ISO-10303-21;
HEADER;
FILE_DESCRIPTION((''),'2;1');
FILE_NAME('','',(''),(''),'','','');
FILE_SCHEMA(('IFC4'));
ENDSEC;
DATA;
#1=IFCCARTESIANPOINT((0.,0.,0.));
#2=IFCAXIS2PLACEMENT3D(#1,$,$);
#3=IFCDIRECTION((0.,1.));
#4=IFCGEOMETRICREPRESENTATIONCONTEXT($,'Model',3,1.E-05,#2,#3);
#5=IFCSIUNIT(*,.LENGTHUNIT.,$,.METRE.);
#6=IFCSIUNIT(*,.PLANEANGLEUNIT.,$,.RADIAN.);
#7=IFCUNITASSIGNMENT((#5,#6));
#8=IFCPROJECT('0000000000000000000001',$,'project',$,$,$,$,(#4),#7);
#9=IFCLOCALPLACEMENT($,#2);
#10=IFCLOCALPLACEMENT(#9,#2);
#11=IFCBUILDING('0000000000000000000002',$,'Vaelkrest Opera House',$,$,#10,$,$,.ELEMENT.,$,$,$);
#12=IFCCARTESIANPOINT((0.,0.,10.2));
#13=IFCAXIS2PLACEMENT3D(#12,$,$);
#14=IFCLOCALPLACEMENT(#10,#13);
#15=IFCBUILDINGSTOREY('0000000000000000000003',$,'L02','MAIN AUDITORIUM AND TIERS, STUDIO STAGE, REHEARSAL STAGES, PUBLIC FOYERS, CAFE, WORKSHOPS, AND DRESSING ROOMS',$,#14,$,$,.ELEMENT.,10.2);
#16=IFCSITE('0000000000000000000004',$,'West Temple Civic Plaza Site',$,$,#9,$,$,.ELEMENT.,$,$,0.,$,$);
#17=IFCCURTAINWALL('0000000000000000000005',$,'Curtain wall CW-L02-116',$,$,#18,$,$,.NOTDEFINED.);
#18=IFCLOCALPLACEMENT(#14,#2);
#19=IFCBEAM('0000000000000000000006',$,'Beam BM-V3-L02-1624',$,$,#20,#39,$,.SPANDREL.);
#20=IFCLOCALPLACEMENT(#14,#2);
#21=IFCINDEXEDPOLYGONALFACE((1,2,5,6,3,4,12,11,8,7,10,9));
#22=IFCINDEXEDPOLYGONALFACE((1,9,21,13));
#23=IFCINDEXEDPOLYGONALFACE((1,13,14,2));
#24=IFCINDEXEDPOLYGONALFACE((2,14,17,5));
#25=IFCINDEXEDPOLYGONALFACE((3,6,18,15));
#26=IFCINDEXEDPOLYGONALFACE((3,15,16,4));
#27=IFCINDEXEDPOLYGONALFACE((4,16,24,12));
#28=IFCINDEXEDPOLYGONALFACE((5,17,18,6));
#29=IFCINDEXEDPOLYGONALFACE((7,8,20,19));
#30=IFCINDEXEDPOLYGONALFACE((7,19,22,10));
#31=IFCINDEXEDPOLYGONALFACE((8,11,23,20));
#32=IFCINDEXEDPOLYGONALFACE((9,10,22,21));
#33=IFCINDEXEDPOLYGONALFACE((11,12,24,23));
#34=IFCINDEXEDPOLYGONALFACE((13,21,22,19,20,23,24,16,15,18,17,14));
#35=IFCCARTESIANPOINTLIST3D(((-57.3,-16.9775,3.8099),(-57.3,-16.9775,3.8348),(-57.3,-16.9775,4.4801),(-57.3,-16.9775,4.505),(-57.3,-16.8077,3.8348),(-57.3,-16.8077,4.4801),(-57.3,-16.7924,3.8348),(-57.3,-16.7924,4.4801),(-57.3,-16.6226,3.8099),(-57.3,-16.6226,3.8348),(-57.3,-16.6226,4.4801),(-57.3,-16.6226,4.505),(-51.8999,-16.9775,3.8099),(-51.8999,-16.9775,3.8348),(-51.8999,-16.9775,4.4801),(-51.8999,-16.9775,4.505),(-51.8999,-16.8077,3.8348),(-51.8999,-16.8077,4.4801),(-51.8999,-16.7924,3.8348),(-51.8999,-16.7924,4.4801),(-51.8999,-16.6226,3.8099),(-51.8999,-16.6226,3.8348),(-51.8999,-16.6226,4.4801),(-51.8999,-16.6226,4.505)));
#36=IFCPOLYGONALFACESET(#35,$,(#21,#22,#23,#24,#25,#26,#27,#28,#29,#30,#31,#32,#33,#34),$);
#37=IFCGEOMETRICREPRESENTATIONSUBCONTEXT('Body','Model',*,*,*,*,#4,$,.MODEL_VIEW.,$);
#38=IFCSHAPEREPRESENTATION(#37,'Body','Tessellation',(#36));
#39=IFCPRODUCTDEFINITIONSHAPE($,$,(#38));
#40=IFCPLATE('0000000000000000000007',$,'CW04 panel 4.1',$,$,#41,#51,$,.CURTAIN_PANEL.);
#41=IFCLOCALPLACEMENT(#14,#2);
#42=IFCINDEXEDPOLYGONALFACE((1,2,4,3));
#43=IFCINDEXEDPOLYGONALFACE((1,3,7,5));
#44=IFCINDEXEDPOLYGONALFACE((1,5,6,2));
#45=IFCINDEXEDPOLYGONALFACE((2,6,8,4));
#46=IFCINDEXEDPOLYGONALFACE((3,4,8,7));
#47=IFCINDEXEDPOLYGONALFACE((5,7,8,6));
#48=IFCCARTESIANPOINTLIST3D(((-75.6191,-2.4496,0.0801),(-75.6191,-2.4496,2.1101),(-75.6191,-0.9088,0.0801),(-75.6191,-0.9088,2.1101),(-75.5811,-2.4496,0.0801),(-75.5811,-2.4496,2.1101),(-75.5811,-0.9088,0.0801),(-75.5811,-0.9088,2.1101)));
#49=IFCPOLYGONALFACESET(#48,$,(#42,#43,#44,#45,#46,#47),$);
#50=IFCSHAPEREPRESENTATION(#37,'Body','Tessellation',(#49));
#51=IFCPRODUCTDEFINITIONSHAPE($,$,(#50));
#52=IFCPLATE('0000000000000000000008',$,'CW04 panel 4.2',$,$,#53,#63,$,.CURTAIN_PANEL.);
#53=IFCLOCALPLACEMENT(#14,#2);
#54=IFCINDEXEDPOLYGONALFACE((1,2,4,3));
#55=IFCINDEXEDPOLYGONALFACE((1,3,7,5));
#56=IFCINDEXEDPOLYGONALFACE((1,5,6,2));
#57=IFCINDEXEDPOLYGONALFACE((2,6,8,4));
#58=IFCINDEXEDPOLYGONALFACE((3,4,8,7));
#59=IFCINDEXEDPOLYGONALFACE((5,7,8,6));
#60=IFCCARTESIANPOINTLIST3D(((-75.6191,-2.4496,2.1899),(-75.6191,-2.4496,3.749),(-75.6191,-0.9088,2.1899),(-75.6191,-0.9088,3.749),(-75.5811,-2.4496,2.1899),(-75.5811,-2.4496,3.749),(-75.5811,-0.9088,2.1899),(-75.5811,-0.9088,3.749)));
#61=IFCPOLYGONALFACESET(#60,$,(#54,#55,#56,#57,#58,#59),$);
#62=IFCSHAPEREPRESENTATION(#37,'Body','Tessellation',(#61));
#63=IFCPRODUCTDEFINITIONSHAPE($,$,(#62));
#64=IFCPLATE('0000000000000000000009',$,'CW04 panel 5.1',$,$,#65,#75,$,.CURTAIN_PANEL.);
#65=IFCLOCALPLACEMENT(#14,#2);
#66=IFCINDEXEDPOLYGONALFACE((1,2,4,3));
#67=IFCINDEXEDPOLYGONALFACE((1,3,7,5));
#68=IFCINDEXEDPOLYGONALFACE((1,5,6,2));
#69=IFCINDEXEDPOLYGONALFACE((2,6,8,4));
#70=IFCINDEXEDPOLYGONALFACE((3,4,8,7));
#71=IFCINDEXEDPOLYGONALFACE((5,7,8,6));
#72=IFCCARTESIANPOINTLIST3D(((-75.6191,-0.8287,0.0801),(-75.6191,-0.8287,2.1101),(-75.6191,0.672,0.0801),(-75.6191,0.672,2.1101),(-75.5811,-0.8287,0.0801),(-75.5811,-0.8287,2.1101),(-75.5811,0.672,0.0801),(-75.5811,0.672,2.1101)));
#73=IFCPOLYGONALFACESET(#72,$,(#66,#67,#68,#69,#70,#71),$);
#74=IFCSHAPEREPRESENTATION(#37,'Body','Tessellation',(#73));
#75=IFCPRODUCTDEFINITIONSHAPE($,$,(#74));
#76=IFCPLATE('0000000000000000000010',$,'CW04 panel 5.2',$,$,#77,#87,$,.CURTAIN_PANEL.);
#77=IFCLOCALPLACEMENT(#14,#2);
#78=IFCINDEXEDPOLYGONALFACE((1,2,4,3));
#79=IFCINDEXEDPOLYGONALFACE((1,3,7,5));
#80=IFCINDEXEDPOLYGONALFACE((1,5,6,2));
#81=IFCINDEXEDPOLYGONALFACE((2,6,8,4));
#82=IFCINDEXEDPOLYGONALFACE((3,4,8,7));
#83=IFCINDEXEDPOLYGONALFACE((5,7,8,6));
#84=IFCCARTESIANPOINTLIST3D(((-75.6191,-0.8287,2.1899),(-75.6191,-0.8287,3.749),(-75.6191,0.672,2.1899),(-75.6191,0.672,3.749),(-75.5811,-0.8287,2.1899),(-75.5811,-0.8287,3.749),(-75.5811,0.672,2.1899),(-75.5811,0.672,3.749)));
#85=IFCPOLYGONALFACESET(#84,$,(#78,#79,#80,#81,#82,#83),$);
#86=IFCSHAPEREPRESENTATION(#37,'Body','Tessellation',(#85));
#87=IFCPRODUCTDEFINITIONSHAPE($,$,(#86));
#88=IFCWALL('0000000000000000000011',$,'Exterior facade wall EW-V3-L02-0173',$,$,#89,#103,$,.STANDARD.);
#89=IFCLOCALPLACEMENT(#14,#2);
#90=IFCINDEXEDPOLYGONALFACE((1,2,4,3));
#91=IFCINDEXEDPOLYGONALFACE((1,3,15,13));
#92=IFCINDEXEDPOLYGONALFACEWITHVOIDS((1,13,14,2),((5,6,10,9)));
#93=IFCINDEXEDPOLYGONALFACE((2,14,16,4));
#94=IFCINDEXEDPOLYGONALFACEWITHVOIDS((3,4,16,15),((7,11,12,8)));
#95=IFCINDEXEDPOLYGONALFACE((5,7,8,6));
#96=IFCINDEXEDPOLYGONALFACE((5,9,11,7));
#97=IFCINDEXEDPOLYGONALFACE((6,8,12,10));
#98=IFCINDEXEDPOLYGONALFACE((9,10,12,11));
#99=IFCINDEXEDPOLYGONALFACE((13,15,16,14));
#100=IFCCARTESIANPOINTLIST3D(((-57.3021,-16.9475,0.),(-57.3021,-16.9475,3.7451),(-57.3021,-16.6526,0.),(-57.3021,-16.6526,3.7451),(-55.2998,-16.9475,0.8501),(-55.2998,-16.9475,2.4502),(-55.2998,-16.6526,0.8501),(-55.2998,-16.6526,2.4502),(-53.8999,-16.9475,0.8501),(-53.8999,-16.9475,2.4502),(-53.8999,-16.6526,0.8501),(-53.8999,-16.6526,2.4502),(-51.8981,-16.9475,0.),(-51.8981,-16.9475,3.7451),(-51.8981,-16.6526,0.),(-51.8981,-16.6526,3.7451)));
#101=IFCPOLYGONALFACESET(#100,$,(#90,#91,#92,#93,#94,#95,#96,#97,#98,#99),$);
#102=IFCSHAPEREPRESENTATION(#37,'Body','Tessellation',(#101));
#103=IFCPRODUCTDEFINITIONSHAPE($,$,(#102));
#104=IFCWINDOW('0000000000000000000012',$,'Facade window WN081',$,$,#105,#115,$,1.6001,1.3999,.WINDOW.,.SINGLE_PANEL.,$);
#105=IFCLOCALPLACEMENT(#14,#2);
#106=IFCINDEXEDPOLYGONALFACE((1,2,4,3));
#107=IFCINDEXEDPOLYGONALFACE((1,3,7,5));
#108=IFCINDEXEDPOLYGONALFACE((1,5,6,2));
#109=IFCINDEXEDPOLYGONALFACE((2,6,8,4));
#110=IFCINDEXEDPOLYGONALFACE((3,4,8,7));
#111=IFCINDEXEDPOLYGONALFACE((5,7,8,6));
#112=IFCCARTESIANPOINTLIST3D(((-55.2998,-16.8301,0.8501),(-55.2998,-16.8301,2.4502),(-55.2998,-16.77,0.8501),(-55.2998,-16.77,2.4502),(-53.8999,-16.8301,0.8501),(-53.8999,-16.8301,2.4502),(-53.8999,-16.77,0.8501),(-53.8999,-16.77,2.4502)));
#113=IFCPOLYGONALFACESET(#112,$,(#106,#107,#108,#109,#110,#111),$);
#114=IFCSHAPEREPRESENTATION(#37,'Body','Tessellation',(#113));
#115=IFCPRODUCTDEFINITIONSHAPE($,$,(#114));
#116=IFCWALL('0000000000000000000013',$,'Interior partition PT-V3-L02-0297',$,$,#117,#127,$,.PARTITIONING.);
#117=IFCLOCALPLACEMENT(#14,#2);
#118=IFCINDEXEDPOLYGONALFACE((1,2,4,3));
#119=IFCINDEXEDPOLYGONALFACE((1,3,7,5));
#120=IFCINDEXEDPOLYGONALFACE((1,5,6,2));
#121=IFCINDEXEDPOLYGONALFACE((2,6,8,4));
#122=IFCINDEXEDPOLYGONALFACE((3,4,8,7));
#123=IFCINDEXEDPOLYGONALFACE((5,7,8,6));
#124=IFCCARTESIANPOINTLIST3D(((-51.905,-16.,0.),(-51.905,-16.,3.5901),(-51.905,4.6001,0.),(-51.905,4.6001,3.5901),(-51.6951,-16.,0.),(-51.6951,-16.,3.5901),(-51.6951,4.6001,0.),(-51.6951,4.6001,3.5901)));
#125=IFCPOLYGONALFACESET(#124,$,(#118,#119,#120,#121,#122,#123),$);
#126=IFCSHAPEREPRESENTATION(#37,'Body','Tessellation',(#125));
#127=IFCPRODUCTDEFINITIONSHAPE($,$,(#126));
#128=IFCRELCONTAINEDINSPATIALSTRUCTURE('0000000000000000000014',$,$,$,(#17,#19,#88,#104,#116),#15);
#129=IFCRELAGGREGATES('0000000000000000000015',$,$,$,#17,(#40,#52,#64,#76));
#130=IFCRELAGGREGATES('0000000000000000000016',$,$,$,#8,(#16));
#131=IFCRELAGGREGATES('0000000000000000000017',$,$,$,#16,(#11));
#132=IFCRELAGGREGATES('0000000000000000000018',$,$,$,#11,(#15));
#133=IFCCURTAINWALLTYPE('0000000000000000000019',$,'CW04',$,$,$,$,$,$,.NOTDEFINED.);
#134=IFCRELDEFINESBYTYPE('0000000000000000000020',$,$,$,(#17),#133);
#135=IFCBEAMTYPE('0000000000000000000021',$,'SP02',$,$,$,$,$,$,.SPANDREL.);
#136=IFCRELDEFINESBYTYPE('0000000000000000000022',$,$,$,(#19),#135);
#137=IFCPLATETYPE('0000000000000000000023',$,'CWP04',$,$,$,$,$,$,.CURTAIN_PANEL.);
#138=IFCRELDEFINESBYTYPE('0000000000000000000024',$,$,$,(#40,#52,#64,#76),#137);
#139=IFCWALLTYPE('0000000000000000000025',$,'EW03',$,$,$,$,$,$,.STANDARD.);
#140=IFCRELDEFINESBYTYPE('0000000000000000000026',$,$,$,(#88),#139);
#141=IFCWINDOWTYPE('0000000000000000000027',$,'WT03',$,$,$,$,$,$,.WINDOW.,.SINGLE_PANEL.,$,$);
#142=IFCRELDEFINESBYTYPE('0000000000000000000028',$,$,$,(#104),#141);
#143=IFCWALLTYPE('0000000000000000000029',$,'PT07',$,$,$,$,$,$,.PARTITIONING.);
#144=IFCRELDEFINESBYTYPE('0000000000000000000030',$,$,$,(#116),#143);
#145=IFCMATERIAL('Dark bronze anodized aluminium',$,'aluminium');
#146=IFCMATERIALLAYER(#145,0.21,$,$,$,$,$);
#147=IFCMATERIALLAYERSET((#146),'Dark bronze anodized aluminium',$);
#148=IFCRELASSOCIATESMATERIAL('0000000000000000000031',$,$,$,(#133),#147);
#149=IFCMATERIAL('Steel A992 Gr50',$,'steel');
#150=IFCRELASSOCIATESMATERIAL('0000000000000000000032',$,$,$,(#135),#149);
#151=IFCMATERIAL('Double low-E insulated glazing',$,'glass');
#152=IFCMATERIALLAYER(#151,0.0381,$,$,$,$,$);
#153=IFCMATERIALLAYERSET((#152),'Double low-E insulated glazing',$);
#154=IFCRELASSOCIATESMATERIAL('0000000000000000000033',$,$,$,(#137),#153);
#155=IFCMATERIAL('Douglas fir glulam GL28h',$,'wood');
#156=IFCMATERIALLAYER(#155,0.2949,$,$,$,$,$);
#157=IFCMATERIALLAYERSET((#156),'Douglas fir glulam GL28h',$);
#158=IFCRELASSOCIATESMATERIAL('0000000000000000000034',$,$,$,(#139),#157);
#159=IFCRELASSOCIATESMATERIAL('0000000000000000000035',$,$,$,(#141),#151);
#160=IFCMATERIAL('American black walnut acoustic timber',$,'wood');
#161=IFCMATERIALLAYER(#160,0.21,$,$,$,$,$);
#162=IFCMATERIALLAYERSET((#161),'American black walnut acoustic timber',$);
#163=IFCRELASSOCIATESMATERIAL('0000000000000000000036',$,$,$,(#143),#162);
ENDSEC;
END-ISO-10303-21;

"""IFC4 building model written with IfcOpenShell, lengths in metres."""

from ifc_helpers import new_model, si_unit, direction, frame, frame_2d, origin, origin_2d, place, context, subcontext, project, spatial, rectangle, i_section, extrude, material, layer, layer_set, material_profile, profile_set, type_object, element, fill, aggregate, save


model = new_model("IFC4")

# Units and contexts
model_context = context("Model", 3, precision=1e-05, world=origin(), true_north=direction((0.0, 1.0)))
body_context = subcontext(model_context, "Body", "Model", "MODEL_VIEW")
ifc_project = project(units=[si_unit("LENGTHUNIT", "METRE"), si_unit("PLANEANGLEUNIT", "RADIAN")], contexts=[model_context])

# Site, building, storey
site_placement = place(None, origin())
site = spatial("IfcSite", under=ifc_project, at=site_placement, Name="West Temple Civic Plaza Site", CompositionType="ELEMENT", RefElevation=0.0)
building_placement = place(site_placement, origin())
building = spatial("IfcBuilding", under=site, at=building_placement, Name="Vaelkrest Opera House", CompositionType="ELEMENT")
storey_placement = place(building_placement, frame((0.0, 0.0, 10.2)))
storey = spatial("IfcBuildingStorey", under=building, at=storey_placement, Name="L02", Description="MAIN AUDITORIUM AND TIERS, STUDIO STAGE, REHEARSAL STAGES, PUBLIC FOYERS, CAFE, WORKSHOPS, AND DRESSING ROOMS", CompositionType="ELEMENT", Elevation=10.2)

# Shared definitions
ifc_material_1 = material(Name="Steel A992 Gr50", Category="steel")

# Shared definitions
ifc_material_2 = material(Name="Dark bronze anodized aluminium", Category="aluminium")

# Curtain wall
ifc_layer_1 = layer(ifc_material_2, 0.21)
ifc_layer_set_1 = layer_set([ifc_layer_1], Name="Dark bronze anodized aluminium")
curtain_wall_type_1 = type_object("IfcCurtainWallType", Name="CW04", PredefinedType="NOTDEFINED", material=ifc_layer_set_1)
curtain_wall_1_placement = place(storey_placement, origin())
curtain_wall_1 = element("IfcCurtainWall", 1, at=curtain_wall_1_placement, inside=storey, type_object=curtain_wall_type_1, Name="Curtain wall CW-L02-116", PredefinedType="NOTDEFINED")

# Beam
ifc_material_profile_1 = material_profile(ifc_material_1, i_section(OverallWidth=0.355, OverallDepth=0.6951, WebThickness=0.0154, FlangeThickness=0.0249, at=origin_2d()), Name="W27X146")
ifc_profile_set_1 = profile_set([ifc_material_profile_1], Name="Steel A992 Gr50")
beam_type_1 = type_object("IfcBeamType", Name="SP02", PredefinedType="SPANDREL", material=ifc_profile_set_1)
beam_1_placement = place(storey_placement, frame((-57.3, -16.8, 4.1575), z_axis=(1.0, 0.0, 0.0), x_axis=(0.0, 1.0, 0.0)))
element("IfcBeam", 2, at=beam_1_placement, inside=storey, type_object=beam_type_1, Name="Beam BM-V3-L02-1624", PredefinedType="SPANDREL", context=body_context, shape_type="SweptSolid", body=[
    extrude(i_section(OverallWidth=0.355, OverallDepth=0.6951, WebThickness=0.0154, FlangeThickness=0.0249, at=origin_2d()), origin(), (0.0, 0.0, 1.0), 5.4001),
])

# Plates
ifc_material_3 = material(Name="Double low-E insulated glazing", Category="glass")
ifc_layer_2 = layer(ifc_material_3, 0.0381)
ifc_layer_set_2 = layer_set([ifc_layer_2], Name="Double low-E insulated glazing")
plate_type = type_object("IfcPlateType", Name="CWP04", PredefinedType="CURTAIN_PANEL", material=ifc_layer_set_2)
plate_1_placement = place(storey_placement, frame((-75.6001, -1.6792, 0.0801), z_axis=(0.0, 0.0, 1.0), x_axis=(0.0, 1.0, 0.0)))
plate_1 = element("IfcPlate", 3, at=plate_1_placement, type_object=plate_type, Name="CW04 panel 4.1", PredefinedType="CURTAIN_PANEL", context=body_context, shape_type="SweptSolid", body=[
    extrude(rectangle(XDim=1.5408, YDim=0.0381, at=origin_2d()), origin(), (0.0, 0.0, 1.0), 2.03),
])
plate_2_placement = place(storey_placement, frame((-75.6001, -1.6792, 2.1899), z_axis=(0.0, 0.0, 1.0), x_axis=(0.0, 1.0, 0.0)))
plate_2 = element("IfcPlate", 4, at=plate_2_placement, type_object=plate_type, Name="CW04 panel 4.2", PredefinedType="CURTAIN_PANEL", context=body_context, shape_type="SweptSolid", body=[
    extrude(rectangle(XDim=1.5408, YDim=0.0381, at=origin_2d()), origin(), (0.0, 0.0, 1.0), 1.5591),
])
plate_3_placement = place(storey_placement, frame((-75.6001, -0.0784, 0.0801), z_axis=(0.0, 0.0, 1.0), x_axis=(0.0, 1.0, 0.0)))
plate_3 = element("IfcPlate", 5, at=plate_3_placement, type_object=plate_type, Name="CW04 panel 5.1", PredefinedType="CURTAIN_PANEL", context=body_context, shape_type="SweptSolid", body=[
    extrude(rectangle(XDim=1.5007, YDim=0.0381, at=origin_2d()), origin(), (0.0, 0.0, 1.0), 2.03),
])
plate_4_placement = place(storey_placement, frame((-75.6001, -0.0784, 2.1899), z_axis=(0.0, 0.0, 1.0), x_axis=(0.0, 1.0, 0.0)))
plate_4 = element("IfcPlate", 6, at=plate_4_placement, type_object=plate_type, Name="CW04 panel 5.2", PredefinedType="CURTAIN_PANEL", context=body_context, shape_type="SweptSolid", body=[
    extrude(rectangle(XDim=1.5007, YDim=0.0381, at=origin_2d()), origin(), (0.0, 0.0, 1.0), 1.5591),
])
aggregate(curtain_wall_1, [plate_1, plate_2, plate_3, plate_4])

# Wall, opening, window
ifc_material_4 = material(Name="Douglas fir glulam GL28h", Category="wood")
ifc_layer_3 = layer(ifc_material_4, 0.2949)
ifc_layer_set_3 = layer_set([ifc_layer_3], Name="Douglas fir glulam GL28h")
wall_type_1 = type_object("IfcWallType", Name="EW03", PredefinedType="STANDARD", material=ifc_layer_set_3)
wall_1_placement = place(storey_placement, frame((-51.8979, -16.8, 0.0), z_axis=(0.0, 0.0, 1.0), x_axis=(-1.0, 0.0, 0.0)))
wall_1 = element("IfcWall", 7, at=wall_1_placement, inside=storey, type_object=wall_type_1, Name="Exterior facade wall EW-V3-L02-0173", PredefinedType="STANDARD", context=body_context, shape_type="SweptSolid", body=[
    extrude(rectangle(XDim=5.4041, YDim=0.2949, at=frame_2d((2.7021, 0.0))), origin(), (0.0, 0.0, 1.0), 3.7451),
])
opening_placement = place(wall_1_placement, frame((2.002, 0.0, 0.8501)))
opening = element("IfcOpeningElement", 8, at=opening_placement, cuts=wall_1, PredefinedType="OPENING", context=body_context, shape_type="SweptSolid", body=[
    extrude(rectangle(XDim=1.3999, YDim=1.6001, at=frame_2d((0.7, 0.8))), frame((0.0, 0.1575, 0.0), z_axis=(0.0, -1.0, 0.0), x_axis=(1.0, 0.0, 0.0)), (0.0, 0.0, 1.0), 0.3149),
])
window_type = type_object("IfcWindowType", Name="WT03", PartitioningType="SINGLE_PANEL", PredefinedType="WINDOW", material=ifc_material_3)
window_placement = place(opening_placement, origin())
window = element("IfcWindow", 9, at=window_placement, inside=storey, type_object=window_type, Name="Facade window WN081", OverallHeight=1.6001, OverallWidth=1.3999, PartitioningType="SINGLE_PANEL", PredefinedType="WINDOW", context=body_context, shape_type="SweptSolid", body=[
    extrude(rectangle(XDim=1.3999, YDim=1.6001, at=frame_2d((0.7, 0.8))), frame((0.0, 0.03, 0.0), z_axis=(0.0, -1.0, 0.0), x_axis=(1.0, 0.0, 0.0)), (0.0, 0.0, 1.0), 0.0601),
])
fill(opening, window)

# Wall
ifc_material_5 = material(Name="American black walnut acoustic timber", Category="wood")
ifc_layer_4 = layer(ifc_material_5, 0.21)
ifc_layer_set_4 = layer_set([ifc_layer_4], Name="American black walnut acoustic timber")
wall_type_2 = type_object("IfcWallType", Name="PT07", PredefinedType="PARTITIONING", material=ifc_layer_set_4)
wall_2_placement = place(storey_placement, frame((-51.8, -16.0, 0.0), z_axis=(0.0, 0.0, 1.0), x_axis=(0.0, 1.0, 0.0)))
element("IfcWall", 10, at=wall_2_placement, inside=storey, type_object=wall_type_2, Name="Interior partition PT-V3-L02-0297", PredefinedType="PARTITIONING", context=body_context, shape_type="SweptSolid", body=[
    extrude(rectangle(XDim=20.6001, YDim=0.21, at=frame_2d((10.3, 0.0))), origin(), (0.0, 0.0, 1.0), 3.5901),
])

save(model, "model.ifc")
